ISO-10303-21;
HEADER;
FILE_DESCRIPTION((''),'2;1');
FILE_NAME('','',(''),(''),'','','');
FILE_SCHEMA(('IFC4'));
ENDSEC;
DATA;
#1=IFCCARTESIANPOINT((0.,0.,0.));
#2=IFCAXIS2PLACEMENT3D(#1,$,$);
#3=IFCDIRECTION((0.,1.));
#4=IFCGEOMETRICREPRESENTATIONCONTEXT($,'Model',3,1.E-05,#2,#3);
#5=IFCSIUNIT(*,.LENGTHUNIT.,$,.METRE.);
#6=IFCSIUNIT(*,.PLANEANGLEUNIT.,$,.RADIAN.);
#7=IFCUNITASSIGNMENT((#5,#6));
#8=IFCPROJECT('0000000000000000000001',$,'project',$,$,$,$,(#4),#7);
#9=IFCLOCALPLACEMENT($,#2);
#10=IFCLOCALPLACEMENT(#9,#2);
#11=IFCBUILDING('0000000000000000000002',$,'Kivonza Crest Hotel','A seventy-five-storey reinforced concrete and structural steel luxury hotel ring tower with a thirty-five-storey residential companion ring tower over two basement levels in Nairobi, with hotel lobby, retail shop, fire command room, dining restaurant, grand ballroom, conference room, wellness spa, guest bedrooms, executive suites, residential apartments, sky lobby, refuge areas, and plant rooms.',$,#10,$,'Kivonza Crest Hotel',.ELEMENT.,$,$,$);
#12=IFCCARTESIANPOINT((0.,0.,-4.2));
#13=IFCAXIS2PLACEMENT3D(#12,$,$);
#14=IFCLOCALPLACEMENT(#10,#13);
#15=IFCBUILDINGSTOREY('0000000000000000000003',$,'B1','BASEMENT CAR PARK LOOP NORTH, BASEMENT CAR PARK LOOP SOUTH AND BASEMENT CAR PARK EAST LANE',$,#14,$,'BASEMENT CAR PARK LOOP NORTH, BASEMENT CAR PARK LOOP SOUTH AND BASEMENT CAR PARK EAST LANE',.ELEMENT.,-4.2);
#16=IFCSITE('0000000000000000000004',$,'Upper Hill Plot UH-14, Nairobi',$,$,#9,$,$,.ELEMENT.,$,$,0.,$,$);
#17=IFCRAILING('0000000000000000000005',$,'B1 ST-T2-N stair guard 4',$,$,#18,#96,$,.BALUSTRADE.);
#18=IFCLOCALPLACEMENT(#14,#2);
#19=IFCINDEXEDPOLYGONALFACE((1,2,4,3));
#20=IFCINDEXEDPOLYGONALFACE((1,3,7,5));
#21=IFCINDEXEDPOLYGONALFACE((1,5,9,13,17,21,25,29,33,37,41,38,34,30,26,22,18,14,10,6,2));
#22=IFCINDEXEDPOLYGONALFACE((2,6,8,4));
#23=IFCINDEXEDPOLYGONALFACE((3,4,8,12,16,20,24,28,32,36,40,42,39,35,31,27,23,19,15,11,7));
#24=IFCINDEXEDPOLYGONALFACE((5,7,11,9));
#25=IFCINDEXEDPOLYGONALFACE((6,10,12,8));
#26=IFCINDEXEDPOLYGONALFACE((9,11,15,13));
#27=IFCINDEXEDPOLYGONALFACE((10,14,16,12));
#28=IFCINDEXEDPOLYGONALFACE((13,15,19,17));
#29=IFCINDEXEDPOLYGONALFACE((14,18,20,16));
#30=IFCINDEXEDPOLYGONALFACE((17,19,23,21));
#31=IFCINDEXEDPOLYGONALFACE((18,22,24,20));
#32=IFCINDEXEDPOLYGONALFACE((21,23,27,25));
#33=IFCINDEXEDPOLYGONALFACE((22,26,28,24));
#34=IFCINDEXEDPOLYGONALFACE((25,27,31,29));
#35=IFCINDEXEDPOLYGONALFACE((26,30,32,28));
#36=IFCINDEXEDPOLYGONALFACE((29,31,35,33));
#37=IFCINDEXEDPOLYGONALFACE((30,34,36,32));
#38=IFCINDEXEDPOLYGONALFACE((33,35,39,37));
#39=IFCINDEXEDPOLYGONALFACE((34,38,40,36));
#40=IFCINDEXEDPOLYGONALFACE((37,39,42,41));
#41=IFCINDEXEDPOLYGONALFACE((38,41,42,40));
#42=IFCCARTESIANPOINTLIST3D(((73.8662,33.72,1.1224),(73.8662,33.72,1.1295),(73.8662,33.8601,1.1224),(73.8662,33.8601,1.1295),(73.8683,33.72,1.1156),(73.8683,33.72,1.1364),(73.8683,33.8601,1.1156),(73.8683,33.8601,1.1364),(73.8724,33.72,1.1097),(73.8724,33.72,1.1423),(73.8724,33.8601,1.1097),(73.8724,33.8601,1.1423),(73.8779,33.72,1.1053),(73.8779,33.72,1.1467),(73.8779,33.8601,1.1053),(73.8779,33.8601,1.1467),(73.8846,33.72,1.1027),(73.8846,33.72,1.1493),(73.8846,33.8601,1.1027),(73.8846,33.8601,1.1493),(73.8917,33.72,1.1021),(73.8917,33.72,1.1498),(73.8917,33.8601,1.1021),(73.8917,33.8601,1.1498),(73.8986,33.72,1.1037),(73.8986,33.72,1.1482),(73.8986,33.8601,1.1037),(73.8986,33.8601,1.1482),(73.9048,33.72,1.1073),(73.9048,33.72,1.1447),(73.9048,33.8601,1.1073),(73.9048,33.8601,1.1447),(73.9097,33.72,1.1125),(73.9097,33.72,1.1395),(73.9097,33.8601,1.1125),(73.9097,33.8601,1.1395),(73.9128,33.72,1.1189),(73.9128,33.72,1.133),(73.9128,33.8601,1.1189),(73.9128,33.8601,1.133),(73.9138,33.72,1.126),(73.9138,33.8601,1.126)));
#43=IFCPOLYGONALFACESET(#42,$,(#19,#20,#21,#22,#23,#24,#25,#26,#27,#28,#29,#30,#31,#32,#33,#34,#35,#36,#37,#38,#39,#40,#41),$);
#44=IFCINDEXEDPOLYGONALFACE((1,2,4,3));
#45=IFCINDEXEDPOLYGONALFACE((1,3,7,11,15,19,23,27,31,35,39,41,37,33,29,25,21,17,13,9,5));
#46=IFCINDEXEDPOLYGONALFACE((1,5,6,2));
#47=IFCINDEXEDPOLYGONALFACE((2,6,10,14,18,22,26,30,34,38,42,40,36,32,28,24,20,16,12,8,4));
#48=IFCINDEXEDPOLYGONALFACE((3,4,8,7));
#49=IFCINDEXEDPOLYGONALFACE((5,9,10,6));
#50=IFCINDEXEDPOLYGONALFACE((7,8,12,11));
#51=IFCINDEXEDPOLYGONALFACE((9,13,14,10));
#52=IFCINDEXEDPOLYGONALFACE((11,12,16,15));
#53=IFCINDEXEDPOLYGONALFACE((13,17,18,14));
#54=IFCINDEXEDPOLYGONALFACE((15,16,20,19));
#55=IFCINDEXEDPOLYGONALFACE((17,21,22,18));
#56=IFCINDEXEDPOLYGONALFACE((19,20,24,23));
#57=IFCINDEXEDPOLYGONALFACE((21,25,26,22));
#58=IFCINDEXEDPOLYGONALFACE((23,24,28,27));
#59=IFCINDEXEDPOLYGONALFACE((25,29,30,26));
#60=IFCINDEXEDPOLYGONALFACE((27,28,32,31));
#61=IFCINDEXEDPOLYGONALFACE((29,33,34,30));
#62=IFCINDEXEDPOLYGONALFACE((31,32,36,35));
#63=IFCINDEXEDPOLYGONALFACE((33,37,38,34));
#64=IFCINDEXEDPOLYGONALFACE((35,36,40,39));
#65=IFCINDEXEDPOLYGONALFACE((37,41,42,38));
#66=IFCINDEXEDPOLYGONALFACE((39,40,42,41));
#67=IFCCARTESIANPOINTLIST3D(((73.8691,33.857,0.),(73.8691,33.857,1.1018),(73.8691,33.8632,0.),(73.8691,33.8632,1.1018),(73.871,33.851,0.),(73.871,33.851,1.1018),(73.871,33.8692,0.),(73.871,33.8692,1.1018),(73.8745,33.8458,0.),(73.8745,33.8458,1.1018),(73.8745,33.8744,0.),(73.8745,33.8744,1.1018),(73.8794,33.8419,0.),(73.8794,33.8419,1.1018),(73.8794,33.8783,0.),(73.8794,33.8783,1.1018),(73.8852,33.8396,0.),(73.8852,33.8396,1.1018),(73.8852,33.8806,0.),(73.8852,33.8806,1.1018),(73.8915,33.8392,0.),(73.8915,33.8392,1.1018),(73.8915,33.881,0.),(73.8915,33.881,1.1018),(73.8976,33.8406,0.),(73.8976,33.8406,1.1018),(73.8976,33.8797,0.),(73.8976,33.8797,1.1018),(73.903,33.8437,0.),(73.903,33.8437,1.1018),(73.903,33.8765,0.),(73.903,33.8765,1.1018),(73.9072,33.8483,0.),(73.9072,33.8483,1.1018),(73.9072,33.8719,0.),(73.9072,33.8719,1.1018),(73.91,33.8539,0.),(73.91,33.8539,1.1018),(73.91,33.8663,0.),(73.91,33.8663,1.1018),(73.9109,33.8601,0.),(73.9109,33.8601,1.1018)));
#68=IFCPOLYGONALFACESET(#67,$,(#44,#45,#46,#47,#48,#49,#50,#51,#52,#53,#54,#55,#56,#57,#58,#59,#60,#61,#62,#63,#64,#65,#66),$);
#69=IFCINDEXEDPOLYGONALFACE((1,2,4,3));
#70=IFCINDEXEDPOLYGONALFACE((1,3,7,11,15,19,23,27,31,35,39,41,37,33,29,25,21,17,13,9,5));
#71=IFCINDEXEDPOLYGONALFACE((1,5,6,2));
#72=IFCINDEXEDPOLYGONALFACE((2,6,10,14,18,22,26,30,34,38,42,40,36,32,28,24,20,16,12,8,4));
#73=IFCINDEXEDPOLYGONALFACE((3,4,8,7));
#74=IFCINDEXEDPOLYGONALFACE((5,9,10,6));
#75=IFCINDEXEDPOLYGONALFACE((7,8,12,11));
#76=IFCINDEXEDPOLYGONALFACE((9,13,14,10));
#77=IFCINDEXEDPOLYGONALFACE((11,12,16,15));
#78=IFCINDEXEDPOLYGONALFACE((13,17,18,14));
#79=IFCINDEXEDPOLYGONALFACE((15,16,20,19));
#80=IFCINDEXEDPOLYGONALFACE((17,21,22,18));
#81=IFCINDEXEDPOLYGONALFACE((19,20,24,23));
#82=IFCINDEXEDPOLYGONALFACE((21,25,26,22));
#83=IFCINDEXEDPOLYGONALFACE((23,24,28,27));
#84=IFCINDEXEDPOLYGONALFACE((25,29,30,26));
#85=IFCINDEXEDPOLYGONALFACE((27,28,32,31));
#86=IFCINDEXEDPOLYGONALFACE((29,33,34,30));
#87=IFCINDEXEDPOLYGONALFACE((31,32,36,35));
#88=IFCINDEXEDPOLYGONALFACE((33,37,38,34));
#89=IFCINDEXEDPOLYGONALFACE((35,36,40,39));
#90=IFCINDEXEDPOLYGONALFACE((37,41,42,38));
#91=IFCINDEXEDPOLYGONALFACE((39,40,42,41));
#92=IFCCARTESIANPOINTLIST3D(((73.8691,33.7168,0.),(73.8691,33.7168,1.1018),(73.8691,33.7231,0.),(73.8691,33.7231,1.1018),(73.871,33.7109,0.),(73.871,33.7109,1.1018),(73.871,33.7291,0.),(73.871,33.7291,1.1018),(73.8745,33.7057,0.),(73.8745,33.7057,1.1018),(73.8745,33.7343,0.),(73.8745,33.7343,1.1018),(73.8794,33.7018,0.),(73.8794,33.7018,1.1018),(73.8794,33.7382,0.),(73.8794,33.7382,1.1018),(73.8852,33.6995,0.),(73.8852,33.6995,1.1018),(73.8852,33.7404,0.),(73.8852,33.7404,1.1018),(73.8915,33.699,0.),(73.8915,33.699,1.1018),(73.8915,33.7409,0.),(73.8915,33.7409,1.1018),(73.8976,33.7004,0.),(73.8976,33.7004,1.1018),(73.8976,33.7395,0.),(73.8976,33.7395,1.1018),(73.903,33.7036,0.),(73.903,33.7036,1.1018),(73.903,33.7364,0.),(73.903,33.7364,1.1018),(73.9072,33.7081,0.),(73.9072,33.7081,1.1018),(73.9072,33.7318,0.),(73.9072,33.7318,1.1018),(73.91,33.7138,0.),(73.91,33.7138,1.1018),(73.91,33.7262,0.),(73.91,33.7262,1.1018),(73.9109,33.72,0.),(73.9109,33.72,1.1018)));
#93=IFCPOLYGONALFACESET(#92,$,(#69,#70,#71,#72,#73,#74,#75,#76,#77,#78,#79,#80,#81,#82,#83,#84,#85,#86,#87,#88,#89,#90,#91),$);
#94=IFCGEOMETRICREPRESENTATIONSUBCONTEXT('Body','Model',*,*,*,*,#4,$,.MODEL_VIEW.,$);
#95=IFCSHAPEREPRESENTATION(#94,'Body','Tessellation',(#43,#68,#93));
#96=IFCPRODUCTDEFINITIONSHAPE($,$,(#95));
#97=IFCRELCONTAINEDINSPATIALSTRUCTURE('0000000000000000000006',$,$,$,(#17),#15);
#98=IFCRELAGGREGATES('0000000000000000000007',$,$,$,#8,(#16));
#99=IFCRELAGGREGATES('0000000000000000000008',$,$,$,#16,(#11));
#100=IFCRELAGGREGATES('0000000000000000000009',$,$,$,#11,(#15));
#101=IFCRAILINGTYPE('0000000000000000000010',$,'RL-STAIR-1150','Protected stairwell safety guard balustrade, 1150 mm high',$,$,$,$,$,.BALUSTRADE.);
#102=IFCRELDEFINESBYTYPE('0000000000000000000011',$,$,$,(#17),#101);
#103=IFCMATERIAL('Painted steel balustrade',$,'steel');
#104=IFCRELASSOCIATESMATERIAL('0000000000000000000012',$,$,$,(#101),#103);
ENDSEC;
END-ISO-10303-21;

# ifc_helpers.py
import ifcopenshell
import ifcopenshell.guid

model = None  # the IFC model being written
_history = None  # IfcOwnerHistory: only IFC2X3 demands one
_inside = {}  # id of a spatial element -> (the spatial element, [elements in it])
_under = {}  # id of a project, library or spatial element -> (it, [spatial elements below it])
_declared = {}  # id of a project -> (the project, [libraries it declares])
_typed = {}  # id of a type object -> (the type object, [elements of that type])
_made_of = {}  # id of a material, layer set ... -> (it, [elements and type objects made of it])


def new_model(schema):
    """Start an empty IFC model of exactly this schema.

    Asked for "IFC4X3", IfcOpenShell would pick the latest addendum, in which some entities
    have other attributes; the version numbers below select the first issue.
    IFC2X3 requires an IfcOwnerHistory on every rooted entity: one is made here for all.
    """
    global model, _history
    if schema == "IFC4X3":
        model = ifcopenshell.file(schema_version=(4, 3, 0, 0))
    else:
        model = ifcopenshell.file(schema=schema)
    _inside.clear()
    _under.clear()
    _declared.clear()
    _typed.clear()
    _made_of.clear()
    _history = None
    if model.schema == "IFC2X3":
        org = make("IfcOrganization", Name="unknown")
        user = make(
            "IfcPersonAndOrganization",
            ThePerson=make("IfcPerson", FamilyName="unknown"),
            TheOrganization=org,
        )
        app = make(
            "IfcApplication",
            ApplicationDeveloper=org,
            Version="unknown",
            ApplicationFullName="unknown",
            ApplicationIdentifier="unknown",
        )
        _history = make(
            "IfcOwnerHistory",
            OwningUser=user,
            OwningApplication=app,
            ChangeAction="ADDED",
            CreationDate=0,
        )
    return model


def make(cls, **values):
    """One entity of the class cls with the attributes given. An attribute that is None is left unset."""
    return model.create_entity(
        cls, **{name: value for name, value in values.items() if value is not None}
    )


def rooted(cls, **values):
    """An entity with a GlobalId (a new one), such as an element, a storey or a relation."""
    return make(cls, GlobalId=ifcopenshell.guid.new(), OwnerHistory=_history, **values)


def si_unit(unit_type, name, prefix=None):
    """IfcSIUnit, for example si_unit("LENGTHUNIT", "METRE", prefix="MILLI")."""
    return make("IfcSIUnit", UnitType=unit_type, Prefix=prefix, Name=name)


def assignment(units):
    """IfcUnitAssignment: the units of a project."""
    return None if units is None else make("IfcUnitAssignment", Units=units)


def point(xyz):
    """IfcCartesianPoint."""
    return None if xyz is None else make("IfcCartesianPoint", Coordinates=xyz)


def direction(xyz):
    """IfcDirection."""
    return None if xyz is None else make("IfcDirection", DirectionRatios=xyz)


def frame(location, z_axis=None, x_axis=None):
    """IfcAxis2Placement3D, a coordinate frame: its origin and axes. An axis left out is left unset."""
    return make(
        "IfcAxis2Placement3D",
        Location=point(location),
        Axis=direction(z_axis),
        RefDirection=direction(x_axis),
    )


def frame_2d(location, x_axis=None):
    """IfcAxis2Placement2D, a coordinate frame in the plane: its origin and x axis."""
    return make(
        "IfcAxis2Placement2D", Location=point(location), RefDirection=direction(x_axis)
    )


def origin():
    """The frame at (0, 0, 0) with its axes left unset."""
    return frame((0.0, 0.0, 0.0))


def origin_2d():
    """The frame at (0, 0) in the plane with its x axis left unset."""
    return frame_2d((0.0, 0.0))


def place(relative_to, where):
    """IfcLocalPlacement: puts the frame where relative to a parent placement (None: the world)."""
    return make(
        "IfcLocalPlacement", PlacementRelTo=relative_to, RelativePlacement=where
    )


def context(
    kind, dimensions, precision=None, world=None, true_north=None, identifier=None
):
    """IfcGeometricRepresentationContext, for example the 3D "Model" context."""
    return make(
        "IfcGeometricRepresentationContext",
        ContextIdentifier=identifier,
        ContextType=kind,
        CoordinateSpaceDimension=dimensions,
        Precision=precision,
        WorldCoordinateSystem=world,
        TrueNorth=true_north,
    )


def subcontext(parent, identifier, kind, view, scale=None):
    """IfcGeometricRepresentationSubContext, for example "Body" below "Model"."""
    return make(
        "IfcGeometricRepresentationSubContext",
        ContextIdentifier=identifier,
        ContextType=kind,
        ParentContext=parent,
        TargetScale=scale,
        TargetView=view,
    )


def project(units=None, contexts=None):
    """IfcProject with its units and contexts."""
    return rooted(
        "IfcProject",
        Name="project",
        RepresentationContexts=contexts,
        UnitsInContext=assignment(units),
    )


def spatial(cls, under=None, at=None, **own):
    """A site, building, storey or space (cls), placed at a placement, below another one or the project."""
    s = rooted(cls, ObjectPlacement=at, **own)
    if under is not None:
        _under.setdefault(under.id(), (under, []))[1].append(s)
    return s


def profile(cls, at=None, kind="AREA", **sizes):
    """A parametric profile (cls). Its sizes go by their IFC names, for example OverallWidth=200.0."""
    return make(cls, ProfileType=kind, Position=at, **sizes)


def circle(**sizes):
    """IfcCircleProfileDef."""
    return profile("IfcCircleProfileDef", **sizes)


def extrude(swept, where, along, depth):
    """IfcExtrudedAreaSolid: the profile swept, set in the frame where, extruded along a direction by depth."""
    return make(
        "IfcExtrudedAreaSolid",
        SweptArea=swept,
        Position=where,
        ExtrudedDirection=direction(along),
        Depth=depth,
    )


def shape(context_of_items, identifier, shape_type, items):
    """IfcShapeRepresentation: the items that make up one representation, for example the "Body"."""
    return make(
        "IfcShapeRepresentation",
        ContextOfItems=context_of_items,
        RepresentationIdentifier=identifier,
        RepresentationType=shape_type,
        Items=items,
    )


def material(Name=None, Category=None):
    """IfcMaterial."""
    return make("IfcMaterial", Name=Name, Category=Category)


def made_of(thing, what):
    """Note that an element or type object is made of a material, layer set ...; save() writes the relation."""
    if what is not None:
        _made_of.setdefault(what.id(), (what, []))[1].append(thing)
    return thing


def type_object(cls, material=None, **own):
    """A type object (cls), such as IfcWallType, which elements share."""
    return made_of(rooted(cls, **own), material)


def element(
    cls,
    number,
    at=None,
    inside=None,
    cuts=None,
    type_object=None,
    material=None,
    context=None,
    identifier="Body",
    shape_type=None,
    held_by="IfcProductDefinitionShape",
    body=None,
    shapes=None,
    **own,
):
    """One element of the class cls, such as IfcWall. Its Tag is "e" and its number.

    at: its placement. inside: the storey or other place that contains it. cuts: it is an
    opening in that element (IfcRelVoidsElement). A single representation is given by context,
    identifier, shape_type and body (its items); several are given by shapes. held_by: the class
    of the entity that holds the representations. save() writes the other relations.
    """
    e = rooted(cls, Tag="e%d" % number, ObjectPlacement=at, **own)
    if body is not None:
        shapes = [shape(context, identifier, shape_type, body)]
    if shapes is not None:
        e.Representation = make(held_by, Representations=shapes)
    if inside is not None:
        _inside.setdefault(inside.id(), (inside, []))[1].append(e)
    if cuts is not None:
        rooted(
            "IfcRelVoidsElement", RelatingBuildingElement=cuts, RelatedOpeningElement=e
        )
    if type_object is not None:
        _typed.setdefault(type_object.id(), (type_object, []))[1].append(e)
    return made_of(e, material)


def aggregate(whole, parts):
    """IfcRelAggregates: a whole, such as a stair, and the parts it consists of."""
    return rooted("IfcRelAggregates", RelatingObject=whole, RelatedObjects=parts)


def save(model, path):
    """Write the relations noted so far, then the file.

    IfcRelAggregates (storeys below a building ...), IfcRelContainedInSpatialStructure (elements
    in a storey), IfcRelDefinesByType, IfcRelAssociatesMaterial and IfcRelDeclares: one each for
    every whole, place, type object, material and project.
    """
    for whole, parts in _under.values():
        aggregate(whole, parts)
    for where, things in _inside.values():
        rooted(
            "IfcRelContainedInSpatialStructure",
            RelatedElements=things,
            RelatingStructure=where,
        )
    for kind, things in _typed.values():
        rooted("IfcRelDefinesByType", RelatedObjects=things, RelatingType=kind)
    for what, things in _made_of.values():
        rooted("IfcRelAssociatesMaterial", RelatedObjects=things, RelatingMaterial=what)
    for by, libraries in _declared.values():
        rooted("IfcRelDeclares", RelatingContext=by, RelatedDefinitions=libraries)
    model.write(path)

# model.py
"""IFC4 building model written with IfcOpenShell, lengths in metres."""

from ifc_helpers import new_model, si_unit, direction, frame, origin, origin_2d, place, context, subcontext, project, spatial, circle, extrude, material, type_object, element, save


model = new_model("IFC4")

# Units and contexts
model_context = context("Model", 3, precision=1e-05, world=origin(), true_north=direction((0.0, 1.0)))
body_context = subcontext(model_context, "Body", "Model", "MODEL_VIEW")
ifc_project = project(units=[si_unit("LENGTHUNIT", "METRE"), si_unit("PLANEANGLEUNIT", "RADIAN")], contexts=[model_context])

# Site, building, storey
site_placement = place(None, origin())
site = spatial("IfcSite", under=ifc_project, at=site_placement, Name="Upper Hill Plot UH-14, Nairobi", CompositionType="ELEMENT", RefElevation=0.0)
building_placement = place(site_placement, origin())
building = spatial("IfcBuilding", under=site, at=building_placement, Name="Kivonza Crest Hotel", Description="A seventy-five-storey reinforced concrete and structural steel luxury hotel ring tower with a thirty-five-storey residential companion ring tower over two basement levels in Nairobi, with hotel lobby, retail shop, fire command room, dining restaurant, grand ballroom, conference room, wellness spa, guest bedrooms, executive suites, residential apartments, sky lobby, refuge areas, and plant rooms.", LongName="Kivonza Crest Hotel", CompositionType="ELEMENT")
storey_placement = place(building_placement, frame((0.0, 0.0, -4.2)))
storey = spatial("IfcBuildingStorey", under=building, at=storey_placement, Name="B1", Description="BASEMENT CAR PARK LOOP NORTH, BASEMENT CAR PARK LOOP SOUTH AND BASEMENT CAR PARK EAST LANE", LongName="BASEMENT CAR PARK LOOP NORTH, BASEMENT CAR PARK LOOP SOUTH AND BASEMENT CAR PARK EAST LANE", CompositionType="ELEMENT", Elevation=-4.2)

# Railing
ifc_material_1 = material(Name="Painted steel balustrade", Category="steel")
railing_type_1 = type_object("IfcRailingType", Name="RL-STAIR-1150", Description="Protected stairwell safety guard balustrade, 1150 mm high", PredefinedType="BALUSTRADE", material=ifc_material_1)
railing_1_placement = place(storey_placement, frame((73.8899, 33.8601, 0.0)))
element("IfcRailing", 1, at=railing_1_placement, inside=storey, type_object=railing_type_1, Name="B1 ST-T2-N stair guard 4", PredefinedType="BALUSTRADE", context=body_context, shape_type="SweptSolid", body=[
    extrude(circle(Radius=0.0239, at=origin_2d()), frame((0.0, 0.0, 1.126), z_axis=(0.0, -1.0, 0.0), x_axis=(1.0, 0.0, 0.0)), (0.0, 0.0, 1.0), 0.1401),
    extrude(circle(Radius=0.021, at=origin_2d()), origin(), (0.0, 0.0, 1.0), 1.1018),
    extrude(circle(Radius=0.021, at=origin_2d()), frame((0.0, -0.1401, 0.0)), (0.0, 0.0, 1.0), 1.1018),
])

save(model, "model.ifc")
